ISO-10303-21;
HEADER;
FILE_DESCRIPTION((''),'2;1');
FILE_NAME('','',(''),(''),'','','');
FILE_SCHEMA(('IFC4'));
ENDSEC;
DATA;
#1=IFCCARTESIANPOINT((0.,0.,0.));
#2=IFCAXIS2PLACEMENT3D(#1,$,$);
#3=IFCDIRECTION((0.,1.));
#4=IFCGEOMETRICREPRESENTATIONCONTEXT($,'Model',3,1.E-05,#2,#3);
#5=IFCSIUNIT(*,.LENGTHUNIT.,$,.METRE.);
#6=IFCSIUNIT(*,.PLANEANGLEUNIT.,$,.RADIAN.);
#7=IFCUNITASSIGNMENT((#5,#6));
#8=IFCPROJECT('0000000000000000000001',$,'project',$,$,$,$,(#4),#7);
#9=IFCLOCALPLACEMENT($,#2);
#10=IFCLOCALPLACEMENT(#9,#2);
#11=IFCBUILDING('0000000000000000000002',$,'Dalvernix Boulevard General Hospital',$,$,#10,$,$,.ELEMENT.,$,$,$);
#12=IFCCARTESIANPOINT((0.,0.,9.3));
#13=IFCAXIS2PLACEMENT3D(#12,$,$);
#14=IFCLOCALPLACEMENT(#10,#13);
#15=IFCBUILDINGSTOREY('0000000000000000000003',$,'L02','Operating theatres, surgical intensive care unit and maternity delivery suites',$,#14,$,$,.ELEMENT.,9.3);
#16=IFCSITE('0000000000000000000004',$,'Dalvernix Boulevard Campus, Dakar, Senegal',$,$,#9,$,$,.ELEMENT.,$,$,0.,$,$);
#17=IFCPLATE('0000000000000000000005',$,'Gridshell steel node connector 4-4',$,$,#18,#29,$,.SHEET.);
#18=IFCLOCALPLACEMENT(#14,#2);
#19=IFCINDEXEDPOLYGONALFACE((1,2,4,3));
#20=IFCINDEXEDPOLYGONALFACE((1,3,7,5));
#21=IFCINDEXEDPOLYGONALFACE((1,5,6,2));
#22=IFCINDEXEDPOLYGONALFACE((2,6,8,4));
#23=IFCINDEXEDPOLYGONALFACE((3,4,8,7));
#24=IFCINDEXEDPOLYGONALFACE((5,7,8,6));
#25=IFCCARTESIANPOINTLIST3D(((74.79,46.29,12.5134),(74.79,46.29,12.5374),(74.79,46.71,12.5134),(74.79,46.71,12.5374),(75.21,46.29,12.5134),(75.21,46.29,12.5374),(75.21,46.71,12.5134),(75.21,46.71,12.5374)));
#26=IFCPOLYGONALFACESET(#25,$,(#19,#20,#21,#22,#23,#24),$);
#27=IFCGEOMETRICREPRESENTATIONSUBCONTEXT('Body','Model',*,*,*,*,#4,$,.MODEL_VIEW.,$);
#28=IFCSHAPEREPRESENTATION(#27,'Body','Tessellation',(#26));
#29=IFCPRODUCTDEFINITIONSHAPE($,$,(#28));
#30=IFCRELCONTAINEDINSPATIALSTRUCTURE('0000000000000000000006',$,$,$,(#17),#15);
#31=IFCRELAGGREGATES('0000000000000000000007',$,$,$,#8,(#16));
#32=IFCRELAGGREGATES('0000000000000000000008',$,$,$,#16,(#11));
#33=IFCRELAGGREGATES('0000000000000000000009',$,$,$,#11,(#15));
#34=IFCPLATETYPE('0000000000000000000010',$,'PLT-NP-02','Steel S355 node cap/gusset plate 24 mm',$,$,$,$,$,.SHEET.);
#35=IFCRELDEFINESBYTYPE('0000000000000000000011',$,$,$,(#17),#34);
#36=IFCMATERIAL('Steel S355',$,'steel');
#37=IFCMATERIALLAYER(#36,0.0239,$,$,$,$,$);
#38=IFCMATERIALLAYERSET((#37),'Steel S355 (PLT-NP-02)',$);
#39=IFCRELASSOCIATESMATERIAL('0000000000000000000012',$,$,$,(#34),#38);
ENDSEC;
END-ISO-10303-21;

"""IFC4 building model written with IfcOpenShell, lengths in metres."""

from ifc_helpers import new_model, si_unit, direction, frame, origin, origin_2d, place, context, subcontext, project, spatial, rectangle, extrude, material, layer, layer_set, type_object, element, save


model = new_model("IFC4")

# Units and contexts
model_context = context("Model", 3, precision=1e-05, world=origin(), true_north=direction((0.0, 1.0)))
body_context = subcontext(model_context, "Body", "Model", "MODEL_VIEW")
ifc_project = project(units=[si_unit("LENGTHUNIT", "METRE"), si_unit("PLANEANGLEUNIT", "RADIAN")], contexts=[model_context])

# Site, building, storey
site_placement = place(None, origin())
site = spatial("IfcSite", under=ifc_project, at=site_placement, Name="Dalvernix Boulevard Campus, Dakar, Senegal", CompositionType="ELEMENT", RefElevation=0.0)
building_placement = place(site_placement, origin())
building = spatial("IfcBuilding", under=site, at=building_placement, Name="Dalvernix Boulevard General Hospital", CompositionType="ELEMENT")
storey_placement = place(building_placement, frame((0.0, 0.0, 9.3)))
storey = spatial("IfcBuildingStorey", under=building, at=storey_placement, Name="L02", Description="Operating theatres, surgical intensive care unit and maternity delivery suites", CompositionType="ELEMENT", Elevation=9.3)

# Shared definitions
ifc_material_1 = material(Name="Steel S355", Category="steel")

# Plate
ifc_layer_1 = layer(ifc_material_1, 0.0239)
ifc_layer_set_1 = layer_set([ifc_layer_1], Name="Steel S355 (PLT-NP-02)")
plate_type_1 = type_object("IfcPlateType", Name="PLT-NP-02", Description="Steel S355 node cap/gusset plate 24 mm", PredefinedType="SHEET", material=ifc_layer_set_1)
plate_1_placement = place(storey_placement, frame((75.0, 46.5, 12.5134), z_axis=(0.0, 0.0, 1.0), x_axis=(1.0, 0.0, 0.0)))
element("IfcPlate", 1, at=plate_1_placement, inside=storey, type_object=plate_type_1, Name="Gridshell steel node connector 4-4", PredefinedType="SHEET", context=body_context, shape_type="SweptSolid", body=[
    extrude(rectangle(XDim=0.4199, YDim=0.4199, at=origin_2d()), origin(), (0.0, 0.0, 1.0), 0.0239),
])

save(model, "model.ifc")
